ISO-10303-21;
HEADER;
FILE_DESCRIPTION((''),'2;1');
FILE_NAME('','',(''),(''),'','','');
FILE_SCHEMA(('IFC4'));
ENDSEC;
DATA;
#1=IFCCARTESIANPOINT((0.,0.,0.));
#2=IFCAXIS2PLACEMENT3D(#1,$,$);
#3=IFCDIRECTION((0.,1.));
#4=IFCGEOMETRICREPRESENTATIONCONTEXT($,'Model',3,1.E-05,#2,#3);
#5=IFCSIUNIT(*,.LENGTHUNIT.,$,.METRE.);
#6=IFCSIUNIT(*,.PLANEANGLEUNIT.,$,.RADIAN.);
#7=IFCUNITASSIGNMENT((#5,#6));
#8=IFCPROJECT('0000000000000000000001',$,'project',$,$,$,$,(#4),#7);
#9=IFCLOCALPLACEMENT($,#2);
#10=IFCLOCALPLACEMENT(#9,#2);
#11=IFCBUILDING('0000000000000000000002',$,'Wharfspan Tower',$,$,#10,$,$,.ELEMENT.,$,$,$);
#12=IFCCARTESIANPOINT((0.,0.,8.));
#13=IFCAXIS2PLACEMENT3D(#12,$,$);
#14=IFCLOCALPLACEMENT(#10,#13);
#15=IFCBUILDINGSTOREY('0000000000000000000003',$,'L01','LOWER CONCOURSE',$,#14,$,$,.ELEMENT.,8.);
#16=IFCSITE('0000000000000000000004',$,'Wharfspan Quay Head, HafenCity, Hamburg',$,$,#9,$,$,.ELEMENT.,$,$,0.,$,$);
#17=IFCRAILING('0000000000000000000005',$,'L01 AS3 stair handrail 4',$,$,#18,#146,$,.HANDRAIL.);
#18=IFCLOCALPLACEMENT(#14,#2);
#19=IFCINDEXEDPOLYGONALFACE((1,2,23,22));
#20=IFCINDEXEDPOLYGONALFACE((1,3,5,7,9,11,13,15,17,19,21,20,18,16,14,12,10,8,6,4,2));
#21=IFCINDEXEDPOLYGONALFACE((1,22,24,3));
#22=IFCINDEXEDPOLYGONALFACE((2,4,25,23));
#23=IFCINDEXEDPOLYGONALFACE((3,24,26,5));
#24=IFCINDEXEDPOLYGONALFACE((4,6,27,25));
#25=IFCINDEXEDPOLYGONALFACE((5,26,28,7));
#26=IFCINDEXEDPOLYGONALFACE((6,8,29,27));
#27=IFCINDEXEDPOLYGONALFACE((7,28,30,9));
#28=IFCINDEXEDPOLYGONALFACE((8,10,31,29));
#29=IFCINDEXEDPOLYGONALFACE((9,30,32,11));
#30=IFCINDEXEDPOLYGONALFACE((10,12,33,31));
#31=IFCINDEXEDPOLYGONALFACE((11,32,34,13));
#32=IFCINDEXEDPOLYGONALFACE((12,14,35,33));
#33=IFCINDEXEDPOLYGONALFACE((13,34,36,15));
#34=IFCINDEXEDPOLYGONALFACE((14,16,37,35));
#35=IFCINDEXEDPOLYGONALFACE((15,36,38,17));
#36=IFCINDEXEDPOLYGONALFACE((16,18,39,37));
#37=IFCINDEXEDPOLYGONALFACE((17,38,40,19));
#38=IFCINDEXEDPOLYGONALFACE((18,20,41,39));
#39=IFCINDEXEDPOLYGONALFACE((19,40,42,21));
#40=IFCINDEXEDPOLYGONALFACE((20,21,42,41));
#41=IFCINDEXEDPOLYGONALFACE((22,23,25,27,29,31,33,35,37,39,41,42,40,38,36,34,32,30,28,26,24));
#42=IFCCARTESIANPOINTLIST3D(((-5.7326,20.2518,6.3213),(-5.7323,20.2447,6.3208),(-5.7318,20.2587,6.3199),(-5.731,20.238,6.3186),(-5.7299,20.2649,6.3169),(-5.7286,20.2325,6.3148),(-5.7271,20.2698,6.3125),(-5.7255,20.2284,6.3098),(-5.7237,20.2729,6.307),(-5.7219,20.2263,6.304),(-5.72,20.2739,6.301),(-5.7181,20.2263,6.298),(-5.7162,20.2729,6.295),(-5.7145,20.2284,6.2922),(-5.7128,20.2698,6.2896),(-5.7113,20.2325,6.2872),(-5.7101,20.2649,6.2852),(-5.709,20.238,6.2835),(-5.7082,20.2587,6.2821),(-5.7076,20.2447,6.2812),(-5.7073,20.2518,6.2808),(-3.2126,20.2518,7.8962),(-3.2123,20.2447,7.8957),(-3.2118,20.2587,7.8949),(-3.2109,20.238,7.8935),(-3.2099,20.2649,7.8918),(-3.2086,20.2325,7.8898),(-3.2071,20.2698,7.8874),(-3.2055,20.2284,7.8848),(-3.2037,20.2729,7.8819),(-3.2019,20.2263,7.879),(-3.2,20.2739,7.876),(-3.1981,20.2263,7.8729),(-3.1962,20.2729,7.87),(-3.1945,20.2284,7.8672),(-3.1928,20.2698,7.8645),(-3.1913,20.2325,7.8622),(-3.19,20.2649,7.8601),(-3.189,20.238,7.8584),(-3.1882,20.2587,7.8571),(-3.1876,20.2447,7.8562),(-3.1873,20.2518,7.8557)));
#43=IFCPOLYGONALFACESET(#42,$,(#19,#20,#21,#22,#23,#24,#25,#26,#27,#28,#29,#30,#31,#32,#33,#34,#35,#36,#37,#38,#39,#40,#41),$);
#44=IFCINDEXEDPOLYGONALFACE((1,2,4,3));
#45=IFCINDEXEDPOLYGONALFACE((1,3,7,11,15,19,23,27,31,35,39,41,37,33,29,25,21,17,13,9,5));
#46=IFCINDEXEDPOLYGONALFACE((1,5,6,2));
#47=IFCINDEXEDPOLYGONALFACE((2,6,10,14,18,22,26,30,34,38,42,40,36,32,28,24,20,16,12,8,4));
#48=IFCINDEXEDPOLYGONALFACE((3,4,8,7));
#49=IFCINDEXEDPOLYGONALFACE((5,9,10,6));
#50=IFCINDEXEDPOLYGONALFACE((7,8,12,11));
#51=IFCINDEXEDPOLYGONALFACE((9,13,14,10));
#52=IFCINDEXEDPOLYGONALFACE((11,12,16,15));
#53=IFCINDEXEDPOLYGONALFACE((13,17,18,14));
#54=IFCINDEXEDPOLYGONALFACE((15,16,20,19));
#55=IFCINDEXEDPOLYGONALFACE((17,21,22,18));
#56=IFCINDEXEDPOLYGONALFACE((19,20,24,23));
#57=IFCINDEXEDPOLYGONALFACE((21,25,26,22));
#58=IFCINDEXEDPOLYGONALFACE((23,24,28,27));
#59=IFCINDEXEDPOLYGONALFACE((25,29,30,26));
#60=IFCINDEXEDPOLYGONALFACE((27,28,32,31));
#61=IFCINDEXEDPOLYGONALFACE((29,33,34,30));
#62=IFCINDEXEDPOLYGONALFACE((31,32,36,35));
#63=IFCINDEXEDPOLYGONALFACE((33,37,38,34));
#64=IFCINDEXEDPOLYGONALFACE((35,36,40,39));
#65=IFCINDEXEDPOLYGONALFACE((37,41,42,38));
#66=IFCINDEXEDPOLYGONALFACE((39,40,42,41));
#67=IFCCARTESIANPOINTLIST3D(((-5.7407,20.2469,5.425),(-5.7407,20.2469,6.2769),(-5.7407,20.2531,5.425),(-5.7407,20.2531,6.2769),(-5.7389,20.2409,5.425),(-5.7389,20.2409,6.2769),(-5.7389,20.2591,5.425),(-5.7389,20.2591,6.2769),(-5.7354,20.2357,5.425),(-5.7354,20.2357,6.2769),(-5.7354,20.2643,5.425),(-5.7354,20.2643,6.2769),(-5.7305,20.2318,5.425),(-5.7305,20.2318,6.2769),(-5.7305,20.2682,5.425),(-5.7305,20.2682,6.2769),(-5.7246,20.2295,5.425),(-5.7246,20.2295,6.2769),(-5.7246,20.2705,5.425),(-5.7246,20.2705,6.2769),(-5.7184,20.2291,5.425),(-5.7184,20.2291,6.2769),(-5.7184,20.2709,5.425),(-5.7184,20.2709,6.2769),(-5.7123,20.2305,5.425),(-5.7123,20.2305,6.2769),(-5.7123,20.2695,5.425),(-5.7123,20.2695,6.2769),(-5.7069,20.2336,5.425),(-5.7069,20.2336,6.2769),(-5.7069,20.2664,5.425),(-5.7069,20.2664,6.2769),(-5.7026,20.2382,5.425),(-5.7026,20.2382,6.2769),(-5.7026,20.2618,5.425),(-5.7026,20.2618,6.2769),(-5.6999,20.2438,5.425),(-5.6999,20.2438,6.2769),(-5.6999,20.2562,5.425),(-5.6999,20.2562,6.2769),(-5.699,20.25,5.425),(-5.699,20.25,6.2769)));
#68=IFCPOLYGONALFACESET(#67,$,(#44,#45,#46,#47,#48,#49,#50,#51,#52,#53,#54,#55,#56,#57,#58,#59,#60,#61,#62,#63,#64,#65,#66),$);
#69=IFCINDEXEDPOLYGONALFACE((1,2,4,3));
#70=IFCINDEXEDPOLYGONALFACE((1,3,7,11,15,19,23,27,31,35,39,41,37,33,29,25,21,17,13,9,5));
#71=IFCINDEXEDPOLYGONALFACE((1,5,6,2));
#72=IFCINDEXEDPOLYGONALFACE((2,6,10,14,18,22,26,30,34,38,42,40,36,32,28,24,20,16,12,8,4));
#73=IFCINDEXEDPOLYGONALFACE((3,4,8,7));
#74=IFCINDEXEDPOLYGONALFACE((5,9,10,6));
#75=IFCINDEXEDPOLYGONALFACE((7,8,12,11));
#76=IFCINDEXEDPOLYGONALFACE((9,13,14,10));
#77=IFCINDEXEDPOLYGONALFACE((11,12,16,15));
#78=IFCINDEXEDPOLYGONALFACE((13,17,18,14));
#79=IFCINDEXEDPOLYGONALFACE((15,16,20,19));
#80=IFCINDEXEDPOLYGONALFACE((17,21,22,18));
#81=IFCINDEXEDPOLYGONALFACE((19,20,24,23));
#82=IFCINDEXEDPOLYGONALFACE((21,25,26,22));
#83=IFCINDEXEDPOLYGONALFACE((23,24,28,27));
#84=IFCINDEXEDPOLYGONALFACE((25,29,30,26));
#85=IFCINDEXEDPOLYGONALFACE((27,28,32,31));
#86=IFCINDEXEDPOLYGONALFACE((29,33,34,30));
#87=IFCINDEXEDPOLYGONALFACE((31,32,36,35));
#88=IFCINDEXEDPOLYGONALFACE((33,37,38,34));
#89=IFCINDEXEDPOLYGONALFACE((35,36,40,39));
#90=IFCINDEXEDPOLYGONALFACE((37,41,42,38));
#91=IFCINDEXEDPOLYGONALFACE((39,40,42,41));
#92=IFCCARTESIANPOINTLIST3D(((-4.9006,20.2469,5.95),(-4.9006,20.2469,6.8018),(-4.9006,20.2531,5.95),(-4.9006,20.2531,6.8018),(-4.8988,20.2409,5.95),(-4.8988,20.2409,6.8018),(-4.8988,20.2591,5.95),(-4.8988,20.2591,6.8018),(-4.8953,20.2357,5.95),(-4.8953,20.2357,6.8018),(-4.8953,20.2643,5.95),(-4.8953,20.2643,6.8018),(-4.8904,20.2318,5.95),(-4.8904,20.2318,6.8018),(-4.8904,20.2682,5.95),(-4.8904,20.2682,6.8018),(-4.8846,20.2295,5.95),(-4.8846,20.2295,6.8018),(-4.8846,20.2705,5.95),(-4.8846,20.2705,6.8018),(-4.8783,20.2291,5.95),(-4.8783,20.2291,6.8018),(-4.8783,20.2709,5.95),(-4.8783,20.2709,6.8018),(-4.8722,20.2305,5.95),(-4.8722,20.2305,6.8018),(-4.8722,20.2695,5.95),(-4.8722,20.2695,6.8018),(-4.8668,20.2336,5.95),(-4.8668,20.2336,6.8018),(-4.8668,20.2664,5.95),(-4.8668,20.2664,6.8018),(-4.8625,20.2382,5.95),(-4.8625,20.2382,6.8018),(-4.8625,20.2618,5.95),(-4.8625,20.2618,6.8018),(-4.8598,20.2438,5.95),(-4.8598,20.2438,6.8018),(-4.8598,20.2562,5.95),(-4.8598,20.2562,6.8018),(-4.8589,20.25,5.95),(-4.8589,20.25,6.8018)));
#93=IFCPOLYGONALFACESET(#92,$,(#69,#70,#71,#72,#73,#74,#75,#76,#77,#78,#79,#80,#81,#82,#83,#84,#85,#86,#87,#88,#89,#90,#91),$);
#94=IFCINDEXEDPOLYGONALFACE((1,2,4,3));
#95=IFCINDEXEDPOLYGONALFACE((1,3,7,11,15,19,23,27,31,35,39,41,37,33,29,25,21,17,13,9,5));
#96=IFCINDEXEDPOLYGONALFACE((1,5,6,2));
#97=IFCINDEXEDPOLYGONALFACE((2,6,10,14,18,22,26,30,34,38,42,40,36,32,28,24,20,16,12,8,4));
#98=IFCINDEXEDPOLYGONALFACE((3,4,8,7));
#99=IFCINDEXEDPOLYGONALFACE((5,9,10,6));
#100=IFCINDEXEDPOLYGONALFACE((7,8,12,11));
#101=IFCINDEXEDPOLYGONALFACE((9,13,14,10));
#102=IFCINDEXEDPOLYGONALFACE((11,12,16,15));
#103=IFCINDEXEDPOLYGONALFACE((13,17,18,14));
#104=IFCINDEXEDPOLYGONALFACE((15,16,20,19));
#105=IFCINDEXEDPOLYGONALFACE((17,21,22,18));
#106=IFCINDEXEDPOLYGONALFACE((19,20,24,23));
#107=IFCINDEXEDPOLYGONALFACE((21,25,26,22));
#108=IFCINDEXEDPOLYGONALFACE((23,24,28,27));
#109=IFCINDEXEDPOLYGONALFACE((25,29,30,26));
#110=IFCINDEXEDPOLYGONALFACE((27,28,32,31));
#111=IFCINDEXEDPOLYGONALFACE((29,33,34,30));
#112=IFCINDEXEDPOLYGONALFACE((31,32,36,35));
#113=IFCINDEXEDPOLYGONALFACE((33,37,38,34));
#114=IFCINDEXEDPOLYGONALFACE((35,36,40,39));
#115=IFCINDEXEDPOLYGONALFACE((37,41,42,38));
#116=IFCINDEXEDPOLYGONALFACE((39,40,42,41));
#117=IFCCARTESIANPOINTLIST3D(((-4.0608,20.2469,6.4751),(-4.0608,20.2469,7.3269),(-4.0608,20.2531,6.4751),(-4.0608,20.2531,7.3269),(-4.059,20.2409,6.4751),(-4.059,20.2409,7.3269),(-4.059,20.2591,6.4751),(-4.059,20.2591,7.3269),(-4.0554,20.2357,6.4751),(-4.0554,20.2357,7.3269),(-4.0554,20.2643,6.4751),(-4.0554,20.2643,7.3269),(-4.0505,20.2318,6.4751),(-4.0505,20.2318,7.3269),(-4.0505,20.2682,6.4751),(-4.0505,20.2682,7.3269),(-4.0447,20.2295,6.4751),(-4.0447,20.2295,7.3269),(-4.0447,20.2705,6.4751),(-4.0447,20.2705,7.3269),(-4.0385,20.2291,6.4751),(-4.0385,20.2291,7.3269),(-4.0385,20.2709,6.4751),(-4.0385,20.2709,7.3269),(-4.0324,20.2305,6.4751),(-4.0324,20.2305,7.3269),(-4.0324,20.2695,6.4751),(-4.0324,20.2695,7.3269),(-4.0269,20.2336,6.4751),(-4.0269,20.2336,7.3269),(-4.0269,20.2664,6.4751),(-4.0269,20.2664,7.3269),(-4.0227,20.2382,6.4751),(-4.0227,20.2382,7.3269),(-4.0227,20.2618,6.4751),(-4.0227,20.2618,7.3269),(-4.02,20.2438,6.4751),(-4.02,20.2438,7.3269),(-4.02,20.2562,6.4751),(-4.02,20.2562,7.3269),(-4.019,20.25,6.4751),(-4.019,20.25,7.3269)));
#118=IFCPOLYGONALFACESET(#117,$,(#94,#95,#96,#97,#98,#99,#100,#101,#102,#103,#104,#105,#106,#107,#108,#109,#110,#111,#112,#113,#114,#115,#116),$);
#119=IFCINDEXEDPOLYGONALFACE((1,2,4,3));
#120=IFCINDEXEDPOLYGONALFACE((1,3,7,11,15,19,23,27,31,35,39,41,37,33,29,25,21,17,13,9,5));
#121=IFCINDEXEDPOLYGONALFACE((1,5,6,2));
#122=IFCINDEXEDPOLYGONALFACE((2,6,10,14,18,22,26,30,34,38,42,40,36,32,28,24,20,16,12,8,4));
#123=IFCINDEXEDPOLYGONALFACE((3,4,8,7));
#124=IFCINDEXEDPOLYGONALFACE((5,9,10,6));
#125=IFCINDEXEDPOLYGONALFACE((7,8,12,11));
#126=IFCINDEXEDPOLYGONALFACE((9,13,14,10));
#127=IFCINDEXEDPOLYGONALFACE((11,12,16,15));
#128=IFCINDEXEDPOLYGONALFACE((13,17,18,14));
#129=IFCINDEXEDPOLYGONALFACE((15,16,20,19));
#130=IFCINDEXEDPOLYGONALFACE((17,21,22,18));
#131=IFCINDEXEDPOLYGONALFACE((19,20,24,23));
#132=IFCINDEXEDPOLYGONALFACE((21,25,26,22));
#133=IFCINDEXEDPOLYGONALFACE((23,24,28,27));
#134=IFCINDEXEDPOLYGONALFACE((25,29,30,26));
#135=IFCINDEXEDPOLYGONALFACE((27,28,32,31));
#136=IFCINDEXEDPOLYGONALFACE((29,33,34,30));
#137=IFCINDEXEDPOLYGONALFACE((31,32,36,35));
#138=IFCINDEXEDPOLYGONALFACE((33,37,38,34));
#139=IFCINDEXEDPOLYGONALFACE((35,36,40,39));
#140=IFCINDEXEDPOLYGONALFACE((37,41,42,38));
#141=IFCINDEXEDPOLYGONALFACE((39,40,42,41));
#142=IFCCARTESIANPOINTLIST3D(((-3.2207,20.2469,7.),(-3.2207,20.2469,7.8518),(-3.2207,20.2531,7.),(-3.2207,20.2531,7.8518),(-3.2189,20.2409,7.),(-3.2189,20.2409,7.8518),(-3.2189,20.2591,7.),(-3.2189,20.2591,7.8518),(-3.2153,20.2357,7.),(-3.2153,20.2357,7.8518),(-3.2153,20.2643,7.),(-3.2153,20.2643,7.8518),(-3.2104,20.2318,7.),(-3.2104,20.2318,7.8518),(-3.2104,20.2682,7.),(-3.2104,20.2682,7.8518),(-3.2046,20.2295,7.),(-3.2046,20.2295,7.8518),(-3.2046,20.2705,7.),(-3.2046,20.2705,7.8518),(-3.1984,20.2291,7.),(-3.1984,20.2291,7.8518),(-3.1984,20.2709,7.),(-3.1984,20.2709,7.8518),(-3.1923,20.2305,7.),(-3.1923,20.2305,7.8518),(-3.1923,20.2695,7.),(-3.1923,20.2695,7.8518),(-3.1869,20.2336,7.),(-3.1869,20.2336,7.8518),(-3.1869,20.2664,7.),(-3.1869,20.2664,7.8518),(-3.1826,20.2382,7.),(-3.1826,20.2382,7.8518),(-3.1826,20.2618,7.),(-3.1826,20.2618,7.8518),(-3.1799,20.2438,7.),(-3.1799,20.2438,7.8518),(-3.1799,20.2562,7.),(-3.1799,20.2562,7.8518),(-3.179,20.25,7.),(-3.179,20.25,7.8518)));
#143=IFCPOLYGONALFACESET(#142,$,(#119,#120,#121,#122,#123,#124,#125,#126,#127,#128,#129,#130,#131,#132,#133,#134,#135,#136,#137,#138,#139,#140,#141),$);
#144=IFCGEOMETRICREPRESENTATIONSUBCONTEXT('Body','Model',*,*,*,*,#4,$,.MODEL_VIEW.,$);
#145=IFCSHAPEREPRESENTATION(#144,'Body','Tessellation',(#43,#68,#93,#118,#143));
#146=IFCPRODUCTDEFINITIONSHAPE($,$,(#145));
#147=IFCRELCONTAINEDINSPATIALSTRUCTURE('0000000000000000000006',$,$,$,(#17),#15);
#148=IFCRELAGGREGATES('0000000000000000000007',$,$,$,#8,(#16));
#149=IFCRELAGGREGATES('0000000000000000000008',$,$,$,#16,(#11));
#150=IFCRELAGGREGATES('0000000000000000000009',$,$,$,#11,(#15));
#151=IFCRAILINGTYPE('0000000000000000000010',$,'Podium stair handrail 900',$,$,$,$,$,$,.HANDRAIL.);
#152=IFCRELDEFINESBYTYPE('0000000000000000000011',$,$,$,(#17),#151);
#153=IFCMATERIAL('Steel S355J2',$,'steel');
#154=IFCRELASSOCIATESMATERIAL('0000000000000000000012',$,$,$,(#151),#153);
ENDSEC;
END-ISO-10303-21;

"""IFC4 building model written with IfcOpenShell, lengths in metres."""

from ifc_helpers import new_model, si_unit, direction, frame, origin, origin_2d, place, context, subcontext, project, spatial, circle, extrude, material, type_object, element, save


model = new_model("IFC4")

# Units and contexts
model_context = context("Model", 3, precision=1e-05, world=origin(), true_north=direction((0.0, 1.0)))
body_context = subcontext(model_context, "Body", "Model", "MODEL_VIEW")
ifc_project = project(units=[si_unit("LENGTHUNIT", "METRE"), si_unit("PLANEANGLEUNIT", "RADIAN")], contexts=[model_context])

# Site, building, storey
site_placement = place(None, origin())
site = spatial("IfcSite", under=ifc_project, at=site_placement, Name="Wharfspan Quay Head, HafenCity, Hamburg", CompositionType="ELEMENT", RefElevation=0.0)
building_placement = place(site_placement, origin())
building = spatial("IfcBuilding", under=site, at=building_placement, Name="Wharfspan Tower", CompositionType="ELEMENT")
storey_placement = place(building_placement, frame((0.0, 0.0, 8.0)))
storey = spatial("IfcBuildingStorey", under=building, at=storey_placement, Name="L01", Description="LOWER CONCOURSE", CompositionType="ELEMENT", Elevation=8.0)

# Railing
ifc_material_1 = material(Name="Steel S355J2", Category="steel")
railing_type_1 = type_object("IfcRailingType", Name="Podium stair handrail 900", PredefinedType="HANDRAIL", material=ifc_material_1)
for number, where, name in (
    (1, (-5.72, 20.25, 5.425), "L01 AS3 stair handrail 4"),
):
    element("IfcRailing", number, at=place(storey_placement, frame(where)), inside=storey, type_object=railing_type_1, Name=name, PredefinedType="HANDRAIL", context=body_context, shape_type="SweptSolid", body=[
        extrude(circle(Radius=0.0239, at=origin_2d()), frame((0.0, 0.0, 0.876), z_axis=(0.848008, 0.0, 0.529984), x_axis=(0.0, 1.0, 0.0)), (0.0, 0.0, 1.0), 2.9717),
        extrude(circle(Radius=0.021, at=origin_2d()), origin(), (0.0, 0.0, 1.0), 0.8518),
        extrude(circle(Radius=0.021, at=origin_2d()), frame((0.8401, 0.0, 0.5249)), (0.0, 0.0, 1.0), 0.8518),
        extrude(circle(Radius=0.021, at=origin_2d()), frame((1.6799, 0.0, 1.05)), (0.0, 0.0, 1.0), 0.8518),
        extrude(circle(Radius=0.021, at=origin_2d()), frame((2.52, 0.0, 1.575)), (0.0, 0.0, 1.0), 0.8518),
    ])

save(model, "model.ifc")
